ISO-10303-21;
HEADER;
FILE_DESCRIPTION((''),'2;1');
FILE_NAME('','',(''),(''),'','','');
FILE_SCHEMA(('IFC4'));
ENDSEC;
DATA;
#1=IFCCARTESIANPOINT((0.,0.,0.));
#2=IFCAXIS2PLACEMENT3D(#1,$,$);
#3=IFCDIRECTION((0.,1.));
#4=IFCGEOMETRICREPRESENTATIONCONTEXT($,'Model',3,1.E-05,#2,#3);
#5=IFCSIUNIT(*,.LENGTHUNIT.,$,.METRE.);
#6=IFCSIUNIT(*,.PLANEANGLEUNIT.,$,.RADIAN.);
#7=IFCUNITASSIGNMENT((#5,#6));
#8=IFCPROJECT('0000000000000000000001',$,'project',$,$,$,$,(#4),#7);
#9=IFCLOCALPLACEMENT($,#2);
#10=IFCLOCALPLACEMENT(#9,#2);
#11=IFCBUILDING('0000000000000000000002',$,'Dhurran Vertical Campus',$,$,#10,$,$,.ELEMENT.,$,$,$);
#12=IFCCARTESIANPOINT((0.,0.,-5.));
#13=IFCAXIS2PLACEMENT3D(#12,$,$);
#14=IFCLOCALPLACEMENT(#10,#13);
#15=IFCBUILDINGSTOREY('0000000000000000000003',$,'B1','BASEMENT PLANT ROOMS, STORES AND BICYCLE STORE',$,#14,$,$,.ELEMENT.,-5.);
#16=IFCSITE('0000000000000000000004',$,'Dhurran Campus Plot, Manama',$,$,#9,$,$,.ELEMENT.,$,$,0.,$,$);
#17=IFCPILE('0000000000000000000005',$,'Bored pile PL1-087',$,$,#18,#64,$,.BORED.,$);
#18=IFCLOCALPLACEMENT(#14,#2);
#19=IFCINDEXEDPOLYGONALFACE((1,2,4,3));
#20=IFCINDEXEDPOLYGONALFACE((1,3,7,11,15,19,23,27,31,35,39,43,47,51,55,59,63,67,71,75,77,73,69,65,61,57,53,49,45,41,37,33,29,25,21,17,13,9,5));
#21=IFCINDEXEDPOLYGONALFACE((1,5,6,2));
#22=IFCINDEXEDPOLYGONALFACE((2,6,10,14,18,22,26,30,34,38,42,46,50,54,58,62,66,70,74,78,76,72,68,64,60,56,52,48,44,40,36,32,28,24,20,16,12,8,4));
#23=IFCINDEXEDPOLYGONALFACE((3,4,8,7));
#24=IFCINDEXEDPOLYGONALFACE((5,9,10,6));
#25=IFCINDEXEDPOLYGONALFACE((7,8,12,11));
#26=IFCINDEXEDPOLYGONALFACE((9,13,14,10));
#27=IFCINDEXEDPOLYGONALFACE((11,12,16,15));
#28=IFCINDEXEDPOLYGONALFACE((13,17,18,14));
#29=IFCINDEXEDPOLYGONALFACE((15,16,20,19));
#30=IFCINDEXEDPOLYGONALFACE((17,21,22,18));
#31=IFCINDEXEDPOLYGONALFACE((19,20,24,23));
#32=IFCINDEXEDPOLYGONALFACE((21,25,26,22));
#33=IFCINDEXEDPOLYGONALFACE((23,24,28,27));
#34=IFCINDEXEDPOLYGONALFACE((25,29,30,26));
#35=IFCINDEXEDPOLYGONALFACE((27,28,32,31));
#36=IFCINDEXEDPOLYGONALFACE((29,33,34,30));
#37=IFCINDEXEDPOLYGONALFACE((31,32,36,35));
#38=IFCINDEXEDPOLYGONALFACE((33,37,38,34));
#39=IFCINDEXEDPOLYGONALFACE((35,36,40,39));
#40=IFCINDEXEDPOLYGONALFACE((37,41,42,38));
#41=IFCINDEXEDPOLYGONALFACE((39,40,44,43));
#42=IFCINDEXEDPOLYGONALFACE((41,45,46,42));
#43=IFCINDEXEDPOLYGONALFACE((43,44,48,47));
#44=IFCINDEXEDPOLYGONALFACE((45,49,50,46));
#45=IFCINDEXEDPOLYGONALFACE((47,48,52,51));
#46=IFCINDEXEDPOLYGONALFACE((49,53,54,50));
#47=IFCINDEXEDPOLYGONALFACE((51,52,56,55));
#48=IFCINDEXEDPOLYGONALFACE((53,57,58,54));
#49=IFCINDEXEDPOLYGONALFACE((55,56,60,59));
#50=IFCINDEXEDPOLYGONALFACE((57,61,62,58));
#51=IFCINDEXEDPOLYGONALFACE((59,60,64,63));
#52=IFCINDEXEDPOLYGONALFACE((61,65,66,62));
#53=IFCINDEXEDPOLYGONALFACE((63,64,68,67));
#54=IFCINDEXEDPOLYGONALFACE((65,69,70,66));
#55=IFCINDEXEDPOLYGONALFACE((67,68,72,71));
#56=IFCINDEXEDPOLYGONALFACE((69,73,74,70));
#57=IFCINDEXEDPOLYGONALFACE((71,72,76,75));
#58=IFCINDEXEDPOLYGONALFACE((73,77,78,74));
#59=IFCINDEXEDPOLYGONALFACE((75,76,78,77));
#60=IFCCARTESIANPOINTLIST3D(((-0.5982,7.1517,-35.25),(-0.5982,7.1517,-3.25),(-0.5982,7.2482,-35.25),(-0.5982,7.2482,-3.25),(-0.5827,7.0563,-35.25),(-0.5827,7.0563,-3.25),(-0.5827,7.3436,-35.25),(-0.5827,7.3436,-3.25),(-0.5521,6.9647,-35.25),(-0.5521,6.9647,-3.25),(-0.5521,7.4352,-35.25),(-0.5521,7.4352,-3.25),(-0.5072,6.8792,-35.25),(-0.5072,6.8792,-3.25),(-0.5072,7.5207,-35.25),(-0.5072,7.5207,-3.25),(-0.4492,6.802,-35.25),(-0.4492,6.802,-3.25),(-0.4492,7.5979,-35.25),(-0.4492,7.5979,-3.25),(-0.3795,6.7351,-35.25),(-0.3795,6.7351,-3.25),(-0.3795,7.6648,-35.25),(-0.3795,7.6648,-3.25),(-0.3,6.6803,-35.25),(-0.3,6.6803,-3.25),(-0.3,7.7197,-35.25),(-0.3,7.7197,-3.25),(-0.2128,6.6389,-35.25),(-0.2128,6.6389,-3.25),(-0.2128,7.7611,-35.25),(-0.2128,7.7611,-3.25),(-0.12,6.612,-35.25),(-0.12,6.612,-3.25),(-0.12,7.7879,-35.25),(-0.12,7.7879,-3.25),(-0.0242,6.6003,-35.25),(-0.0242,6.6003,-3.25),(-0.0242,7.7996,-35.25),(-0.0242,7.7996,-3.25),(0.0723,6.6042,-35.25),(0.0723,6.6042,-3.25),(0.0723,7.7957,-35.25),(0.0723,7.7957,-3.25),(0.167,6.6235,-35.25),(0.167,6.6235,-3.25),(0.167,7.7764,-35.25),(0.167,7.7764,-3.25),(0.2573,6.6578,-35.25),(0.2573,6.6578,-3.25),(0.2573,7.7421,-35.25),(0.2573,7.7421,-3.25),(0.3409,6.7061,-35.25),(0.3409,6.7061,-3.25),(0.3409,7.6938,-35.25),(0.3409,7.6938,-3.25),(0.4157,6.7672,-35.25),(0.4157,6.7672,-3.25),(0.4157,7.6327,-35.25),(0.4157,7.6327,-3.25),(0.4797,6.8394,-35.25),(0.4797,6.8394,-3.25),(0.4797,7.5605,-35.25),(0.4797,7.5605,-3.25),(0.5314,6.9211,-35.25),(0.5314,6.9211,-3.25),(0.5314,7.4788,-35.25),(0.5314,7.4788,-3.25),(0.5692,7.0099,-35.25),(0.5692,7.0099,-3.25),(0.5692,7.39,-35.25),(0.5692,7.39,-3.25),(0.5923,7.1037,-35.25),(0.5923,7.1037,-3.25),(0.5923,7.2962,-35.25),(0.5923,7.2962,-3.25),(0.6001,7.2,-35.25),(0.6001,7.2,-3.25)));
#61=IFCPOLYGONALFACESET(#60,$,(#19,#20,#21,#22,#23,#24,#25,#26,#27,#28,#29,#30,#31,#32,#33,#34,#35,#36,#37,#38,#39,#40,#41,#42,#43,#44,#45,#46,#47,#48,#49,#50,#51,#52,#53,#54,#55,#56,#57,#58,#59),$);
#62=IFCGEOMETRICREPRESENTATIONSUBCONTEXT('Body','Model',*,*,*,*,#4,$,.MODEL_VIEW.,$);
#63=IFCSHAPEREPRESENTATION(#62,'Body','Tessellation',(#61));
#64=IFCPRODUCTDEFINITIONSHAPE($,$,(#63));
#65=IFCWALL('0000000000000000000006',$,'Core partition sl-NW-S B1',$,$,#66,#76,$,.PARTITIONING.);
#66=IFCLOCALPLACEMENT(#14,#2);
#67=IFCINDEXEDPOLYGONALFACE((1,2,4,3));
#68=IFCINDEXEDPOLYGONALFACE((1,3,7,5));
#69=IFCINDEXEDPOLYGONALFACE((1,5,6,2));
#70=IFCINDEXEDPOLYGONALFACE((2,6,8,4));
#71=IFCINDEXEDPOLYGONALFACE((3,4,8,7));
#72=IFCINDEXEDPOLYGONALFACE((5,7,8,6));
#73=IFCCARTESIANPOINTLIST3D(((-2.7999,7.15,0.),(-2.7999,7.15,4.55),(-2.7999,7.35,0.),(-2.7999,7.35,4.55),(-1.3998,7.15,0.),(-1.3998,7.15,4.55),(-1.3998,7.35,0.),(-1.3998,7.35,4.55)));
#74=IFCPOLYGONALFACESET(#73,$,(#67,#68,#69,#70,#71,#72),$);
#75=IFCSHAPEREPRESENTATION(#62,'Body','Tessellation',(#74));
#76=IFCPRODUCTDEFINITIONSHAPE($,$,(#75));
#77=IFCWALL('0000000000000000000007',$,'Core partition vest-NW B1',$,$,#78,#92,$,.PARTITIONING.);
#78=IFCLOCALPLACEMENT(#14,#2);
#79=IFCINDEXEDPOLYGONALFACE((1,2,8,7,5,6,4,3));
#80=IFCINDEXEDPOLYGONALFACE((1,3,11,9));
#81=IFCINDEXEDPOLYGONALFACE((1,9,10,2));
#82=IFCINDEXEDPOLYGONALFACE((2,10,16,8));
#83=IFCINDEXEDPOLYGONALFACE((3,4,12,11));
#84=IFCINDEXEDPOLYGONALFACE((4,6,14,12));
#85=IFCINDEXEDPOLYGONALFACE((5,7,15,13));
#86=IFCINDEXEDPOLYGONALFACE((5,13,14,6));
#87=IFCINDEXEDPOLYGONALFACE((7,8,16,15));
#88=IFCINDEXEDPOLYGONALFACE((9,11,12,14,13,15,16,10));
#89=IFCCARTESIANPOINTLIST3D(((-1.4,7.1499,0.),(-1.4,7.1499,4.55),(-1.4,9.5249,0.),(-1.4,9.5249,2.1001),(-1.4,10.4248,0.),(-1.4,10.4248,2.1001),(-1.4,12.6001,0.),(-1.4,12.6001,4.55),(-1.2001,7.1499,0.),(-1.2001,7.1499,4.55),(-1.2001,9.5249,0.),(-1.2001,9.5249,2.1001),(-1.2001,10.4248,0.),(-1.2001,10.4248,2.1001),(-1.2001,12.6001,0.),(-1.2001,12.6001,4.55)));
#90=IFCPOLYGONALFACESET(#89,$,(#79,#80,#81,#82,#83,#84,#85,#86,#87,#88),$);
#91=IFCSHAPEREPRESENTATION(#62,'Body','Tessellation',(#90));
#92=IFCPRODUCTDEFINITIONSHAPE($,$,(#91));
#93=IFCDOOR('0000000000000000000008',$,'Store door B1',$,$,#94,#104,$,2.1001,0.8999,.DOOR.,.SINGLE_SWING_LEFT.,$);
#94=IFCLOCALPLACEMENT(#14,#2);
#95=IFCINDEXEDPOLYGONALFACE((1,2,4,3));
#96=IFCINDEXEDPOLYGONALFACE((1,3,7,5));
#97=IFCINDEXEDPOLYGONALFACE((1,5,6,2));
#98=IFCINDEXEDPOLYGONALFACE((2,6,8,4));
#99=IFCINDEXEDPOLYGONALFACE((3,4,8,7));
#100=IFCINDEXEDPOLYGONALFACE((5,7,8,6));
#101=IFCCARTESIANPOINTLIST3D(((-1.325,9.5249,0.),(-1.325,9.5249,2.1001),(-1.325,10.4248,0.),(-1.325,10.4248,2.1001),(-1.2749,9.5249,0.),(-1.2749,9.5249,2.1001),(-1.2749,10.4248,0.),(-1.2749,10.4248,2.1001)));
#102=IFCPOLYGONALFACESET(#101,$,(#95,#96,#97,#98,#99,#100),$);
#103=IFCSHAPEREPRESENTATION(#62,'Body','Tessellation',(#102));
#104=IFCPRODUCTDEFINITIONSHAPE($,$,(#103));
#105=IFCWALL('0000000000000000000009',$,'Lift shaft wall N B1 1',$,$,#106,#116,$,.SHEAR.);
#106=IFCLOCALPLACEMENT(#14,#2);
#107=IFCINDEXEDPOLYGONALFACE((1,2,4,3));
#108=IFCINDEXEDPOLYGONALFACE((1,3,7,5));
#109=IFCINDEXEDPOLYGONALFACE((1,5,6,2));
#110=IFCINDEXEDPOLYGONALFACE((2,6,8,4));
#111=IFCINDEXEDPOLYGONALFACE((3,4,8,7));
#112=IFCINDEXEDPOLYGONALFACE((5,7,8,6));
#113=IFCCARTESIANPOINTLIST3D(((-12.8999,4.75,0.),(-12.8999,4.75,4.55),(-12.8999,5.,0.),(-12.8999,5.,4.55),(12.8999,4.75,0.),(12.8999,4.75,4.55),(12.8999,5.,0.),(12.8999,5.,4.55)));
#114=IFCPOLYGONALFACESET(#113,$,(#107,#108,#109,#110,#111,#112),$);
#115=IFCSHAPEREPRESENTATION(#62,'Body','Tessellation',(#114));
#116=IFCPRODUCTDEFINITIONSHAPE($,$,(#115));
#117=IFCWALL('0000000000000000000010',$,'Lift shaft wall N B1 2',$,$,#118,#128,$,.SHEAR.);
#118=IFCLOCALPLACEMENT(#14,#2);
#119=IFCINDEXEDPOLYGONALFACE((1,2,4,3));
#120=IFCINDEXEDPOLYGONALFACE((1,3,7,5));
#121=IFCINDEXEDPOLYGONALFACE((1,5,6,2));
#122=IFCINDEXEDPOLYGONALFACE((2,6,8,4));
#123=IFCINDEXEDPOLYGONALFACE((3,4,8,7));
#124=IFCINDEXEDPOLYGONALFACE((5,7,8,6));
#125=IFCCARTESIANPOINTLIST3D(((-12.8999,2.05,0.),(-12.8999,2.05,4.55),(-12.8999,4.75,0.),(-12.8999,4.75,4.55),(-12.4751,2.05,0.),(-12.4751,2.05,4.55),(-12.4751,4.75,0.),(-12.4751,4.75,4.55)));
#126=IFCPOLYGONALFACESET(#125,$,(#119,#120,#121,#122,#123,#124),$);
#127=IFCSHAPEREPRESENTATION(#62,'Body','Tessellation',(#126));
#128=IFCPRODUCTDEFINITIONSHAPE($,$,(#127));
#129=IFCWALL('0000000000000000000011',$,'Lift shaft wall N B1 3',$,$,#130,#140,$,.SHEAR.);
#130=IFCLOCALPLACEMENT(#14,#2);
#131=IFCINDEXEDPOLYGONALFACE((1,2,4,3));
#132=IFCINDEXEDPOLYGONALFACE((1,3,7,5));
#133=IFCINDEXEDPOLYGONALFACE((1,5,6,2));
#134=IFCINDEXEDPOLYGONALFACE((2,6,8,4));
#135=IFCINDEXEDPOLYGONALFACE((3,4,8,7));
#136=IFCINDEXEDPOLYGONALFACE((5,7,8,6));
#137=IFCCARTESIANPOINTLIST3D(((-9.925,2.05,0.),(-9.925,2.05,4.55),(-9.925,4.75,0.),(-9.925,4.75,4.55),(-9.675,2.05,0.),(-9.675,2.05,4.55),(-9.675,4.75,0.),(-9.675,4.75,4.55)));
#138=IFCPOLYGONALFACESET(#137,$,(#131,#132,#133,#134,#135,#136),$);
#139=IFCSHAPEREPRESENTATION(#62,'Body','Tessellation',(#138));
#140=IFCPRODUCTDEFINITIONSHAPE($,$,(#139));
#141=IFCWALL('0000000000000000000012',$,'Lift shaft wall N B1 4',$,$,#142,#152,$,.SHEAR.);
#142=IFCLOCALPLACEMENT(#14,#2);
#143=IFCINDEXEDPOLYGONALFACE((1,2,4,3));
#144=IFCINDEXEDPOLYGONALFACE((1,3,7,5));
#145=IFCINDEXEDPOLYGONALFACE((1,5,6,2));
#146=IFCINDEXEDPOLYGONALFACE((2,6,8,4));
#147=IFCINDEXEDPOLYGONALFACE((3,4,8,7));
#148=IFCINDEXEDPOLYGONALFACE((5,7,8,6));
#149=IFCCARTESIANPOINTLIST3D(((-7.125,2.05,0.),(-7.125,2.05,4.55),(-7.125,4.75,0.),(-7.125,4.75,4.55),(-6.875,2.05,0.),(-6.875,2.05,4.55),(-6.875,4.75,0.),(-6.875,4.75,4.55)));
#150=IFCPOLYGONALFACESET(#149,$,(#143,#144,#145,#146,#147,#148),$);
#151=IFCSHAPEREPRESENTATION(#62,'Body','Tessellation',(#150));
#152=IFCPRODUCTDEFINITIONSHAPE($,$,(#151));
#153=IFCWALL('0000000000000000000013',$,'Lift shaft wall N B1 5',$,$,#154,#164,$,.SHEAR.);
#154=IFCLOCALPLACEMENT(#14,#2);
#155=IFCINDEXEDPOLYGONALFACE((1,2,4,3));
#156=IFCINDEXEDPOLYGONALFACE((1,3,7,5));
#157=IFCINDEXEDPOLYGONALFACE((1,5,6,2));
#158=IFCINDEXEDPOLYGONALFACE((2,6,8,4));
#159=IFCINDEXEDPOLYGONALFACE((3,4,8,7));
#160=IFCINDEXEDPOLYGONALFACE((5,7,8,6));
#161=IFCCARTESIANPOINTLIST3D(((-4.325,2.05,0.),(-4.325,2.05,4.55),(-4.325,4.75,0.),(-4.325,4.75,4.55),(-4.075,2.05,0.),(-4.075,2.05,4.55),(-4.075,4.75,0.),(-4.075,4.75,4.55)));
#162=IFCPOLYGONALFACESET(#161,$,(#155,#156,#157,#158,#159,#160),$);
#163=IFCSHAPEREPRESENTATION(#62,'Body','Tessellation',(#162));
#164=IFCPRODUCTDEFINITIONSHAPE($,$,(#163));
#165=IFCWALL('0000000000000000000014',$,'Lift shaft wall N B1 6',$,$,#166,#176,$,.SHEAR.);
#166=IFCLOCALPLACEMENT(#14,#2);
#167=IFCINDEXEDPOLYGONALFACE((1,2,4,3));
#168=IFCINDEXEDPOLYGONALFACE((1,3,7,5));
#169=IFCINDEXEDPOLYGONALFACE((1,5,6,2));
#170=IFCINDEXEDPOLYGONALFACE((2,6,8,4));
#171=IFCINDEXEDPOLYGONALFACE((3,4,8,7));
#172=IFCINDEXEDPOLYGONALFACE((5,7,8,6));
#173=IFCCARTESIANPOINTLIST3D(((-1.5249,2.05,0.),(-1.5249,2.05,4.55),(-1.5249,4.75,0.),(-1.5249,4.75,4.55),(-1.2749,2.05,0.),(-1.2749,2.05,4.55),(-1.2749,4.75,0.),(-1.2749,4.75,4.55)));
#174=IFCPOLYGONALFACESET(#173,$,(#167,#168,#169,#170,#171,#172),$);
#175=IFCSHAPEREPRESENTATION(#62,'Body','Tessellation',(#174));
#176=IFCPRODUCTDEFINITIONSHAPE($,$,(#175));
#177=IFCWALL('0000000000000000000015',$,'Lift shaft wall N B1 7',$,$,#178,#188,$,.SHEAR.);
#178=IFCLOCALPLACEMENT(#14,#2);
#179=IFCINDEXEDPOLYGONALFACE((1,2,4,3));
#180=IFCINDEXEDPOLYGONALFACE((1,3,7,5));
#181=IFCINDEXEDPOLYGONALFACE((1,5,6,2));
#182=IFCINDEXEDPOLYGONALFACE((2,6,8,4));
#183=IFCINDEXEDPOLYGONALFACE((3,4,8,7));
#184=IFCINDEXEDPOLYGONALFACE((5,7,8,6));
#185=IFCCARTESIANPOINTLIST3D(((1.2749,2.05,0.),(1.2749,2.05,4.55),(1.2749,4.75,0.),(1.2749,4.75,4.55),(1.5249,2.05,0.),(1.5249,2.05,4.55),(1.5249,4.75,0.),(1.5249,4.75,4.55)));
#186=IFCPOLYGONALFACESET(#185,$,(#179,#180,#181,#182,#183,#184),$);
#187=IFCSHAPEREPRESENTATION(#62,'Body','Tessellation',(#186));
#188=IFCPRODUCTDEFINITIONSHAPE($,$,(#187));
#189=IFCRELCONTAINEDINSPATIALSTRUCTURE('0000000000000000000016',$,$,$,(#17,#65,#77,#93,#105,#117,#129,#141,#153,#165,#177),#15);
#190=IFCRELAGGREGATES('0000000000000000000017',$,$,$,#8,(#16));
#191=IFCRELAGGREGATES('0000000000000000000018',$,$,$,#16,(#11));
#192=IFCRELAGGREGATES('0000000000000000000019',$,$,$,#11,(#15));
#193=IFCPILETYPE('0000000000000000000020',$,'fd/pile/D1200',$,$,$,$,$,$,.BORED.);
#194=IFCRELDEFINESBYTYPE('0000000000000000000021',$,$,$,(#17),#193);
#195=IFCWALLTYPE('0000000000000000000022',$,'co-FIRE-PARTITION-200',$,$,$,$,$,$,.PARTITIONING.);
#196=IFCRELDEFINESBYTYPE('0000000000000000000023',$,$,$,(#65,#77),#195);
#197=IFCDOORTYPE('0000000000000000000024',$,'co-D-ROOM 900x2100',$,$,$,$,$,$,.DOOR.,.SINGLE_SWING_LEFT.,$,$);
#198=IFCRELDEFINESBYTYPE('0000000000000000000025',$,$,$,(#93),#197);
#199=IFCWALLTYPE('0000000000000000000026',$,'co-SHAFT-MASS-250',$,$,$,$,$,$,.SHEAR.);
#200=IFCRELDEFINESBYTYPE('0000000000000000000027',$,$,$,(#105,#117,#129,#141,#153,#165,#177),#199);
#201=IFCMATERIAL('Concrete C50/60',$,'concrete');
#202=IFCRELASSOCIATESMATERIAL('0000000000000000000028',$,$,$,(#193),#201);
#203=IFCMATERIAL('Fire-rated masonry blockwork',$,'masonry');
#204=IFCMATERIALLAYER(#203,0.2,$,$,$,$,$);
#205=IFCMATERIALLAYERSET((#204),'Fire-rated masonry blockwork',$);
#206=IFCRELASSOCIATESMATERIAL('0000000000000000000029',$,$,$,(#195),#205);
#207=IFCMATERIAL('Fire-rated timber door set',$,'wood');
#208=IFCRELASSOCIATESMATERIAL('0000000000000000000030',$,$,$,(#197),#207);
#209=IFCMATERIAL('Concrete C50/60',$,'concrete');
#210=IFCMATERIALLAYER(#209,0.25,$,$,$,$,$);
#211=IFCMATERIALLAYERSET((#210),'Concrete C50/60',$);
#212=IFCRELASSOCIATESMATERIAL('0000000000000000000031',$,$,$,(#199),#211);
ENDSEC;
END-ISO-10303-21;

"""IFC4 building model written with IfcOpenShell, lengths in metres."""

from ifc_helpers import new_model, si_unit, direction, frame, frame_2d, origin, origin_2d, place, context, subcontext, project, spatial, polyline, rectangle, circle, outline, extrude, material, layer, layer_set, material_profile, profile_set, type_object, element, fill, save


model = new_model("IFC4")

# Units and contexts
model_context = context("Model", 3, precision=1e-05, world=origin(), true_north=direction((0.0, 1.0)))
body_context = subcontext(model_context, "Body", "Model", "MODEL_VIEW")
ifc_project = project(units=[si_unit("LENGTHUNIT", "METRE"), si_unit("PLANEANGLEUNIT", "RADIAN")], contexts=[model_context])

# Site, building, storey
site_placement = place(None, origin())
site = spatial("IfcSite", under=ifc_project, at=site_placement, Name="Dhurran Campus Plot, Manama", CompositionType="ELEMENT", RefElevation=0.0)
building_placement = place(site_placement, origin())
building = spatial("IfcBuilding", under=site, at=building_placement, Name="Dhurran Vertical Campus", CompositionType="ELEMENT")
storey_placement = place(building_placement, frame((0.0, 0.0, -5.0)))
storey = spatial("IfcBuildingStorey", under=building, at=storey_placement, Name="B1", Description="BASEMENT PLANT ROOMS, STORES AND BICYCLE STORE", CompositionType="ELEMENT", Elevation=-5.0)

# Pile
ifc_material_1 = material(Name="Concrete C50/60", Category="concrete")
ifc_material_profile = material_profile(ifc_material_1, circle(Radius=0.6001, at=origin_2d()), Name="fd/pile/D1200")
ifc_profile_set = profile_set([ifc_material_profile], Name="Concrete C50/60")
pile_type = type_object("IfcPileType", Name="fd/pile/D1200", PredefinedType="BORED", material=ifc_profile_set)
for number, where, z_axis, x_axis, name in (
    (1, (0.0, 7.2, -3.25), (0.0, 0.0, -1.0), (1.0, 0.0, 0.0), "Bored pile PL1-087"),
):
    element("IfcPile", number, at=place(storey_placement, frame(where, z_axis=z_axis, x_axis=x_axis)), inside=storey, type_object=pile_type, Name=name, PredefinedType="BORED", context=body_context, shape_type="SweptSolid", body=[
        extrude(circle(Radius=0.6001, at=origin_2d()), origin(), (0.0, 0.0, 1.0), 32.0),
    ])

# Wall
ifc_material_2 = material(Name="Fire-rated masonry blockwork", Category="masonry")
ifc_layer_1 = layer(ifc_material_2, 0.2)
ifc_layer_set_1 = layer_set([ifc_layer_1], Name="Fire-rated masonry blockwork")
wall_type_1 = type_object("IfcWallType", Name="co-FIRE-PARTITION-200", PredefinedType="PARTITIONING", material=ifc_layer_set_1)
wall_1_placement = place(storey_placement, frame((-2.8, 7.25, 0.0), z_axis=(0.0, 0.0, 1.0), x_axis=(1.0, 0.0, 0.0)))
element("IfcWall", 2, at=wall_1_placement, inside=storey, type_object=wall_type_1, Name="Core partition sl-NW-S B1", PredefinedType="PARTITIONING", context=body_context, shape_type="SweptSolid", body=[
    extrude(rectangle(XDim=1.4001, YDim=0.2, at=frame_2d((0.7002, 0.0))), origin(), (0.0, 0.0, 1.0), 4.55),
])

# Wall, opening, door
wall_2_placement = place(storey_placement, frame((-1.3, 7.1499, 0.0), z_axis=(0.0, 0.0, 1.0), x_axis=(0.0, 1.0, 0.0)))
wall_2 = element("IfcWall", 3, at=wall_2_placement, inside=storey, type_object=wall_type_1, Name="Core partition vest-NW B1", PredefinedType="PARTITIONING", context=body_context, shape_type="SweptSolid", body=[
    extrude(rectangle(XDim=5.4502, YDim=0.2, at=frame_2d((2.7251, 0.0))), origin(), (0.0, 0.0, 1.0), 4.55),
])
opening_placement = place(wall_2_placement, frame((2.375, 0.0, 0.0)))
opening = element("IfcOpeningElement", 4, at=opening_placement, cuts=wall_2, PredefinedType="OPENING", context=body_context, shape_type="SweptSolid", body=[
    extrude(rectangle(XDim=0.8999, YDim=2.1001, at=frame_2d((0.45, 1.05))), frame((0.0, 0.1099, 0.0), z_axis=(0.0, -1.0, 0.0), x_axis=(1.0, 0.0, 0.0)), (0.0, 0.0, 1.0), 0.22),
])
ifc_material_3 = material(Name="Fire-rated timber door set", Category="wood")
door_type = type_object("IfcDoorType", Name="co-D-ROOM 900x2100", OperationType="SINGLE_SWING_LEFT", PredefinedType="DOOR", material=ifc_material_3)
door_placement = place(opening_placement, origin())
door = element("IfcDoor", 5, at=door_placement, inside=storey, type_object=door_type, Name="Store door B1", OperationType="SINGLE_SWING_LEFT", OverallHeight=2.1001, OverallWidth=0.8999, PredefinedType="DOOR", context=body_context, shape_type="SweptSolid", body=[
    extrude(rectangle(XDim=0.8999, YDim=2.1001, at=frame_2d((0.45, 1.05))), frame((0.0, 0.0249, 0.0), z_axis=(0.0, -1.0, 0.0), x_axis=(1.0, 0.0, 0.0)), (0.0, 0.0, 1.0), 0.05),
])
fill(opening, door)

# Walls
ifc_material_4 = material(Name="Concrete C50/60", Category="concrete")
ifc_layer_2 = layer(ifc_material_4, 0.25)
ifc_layer_set_2 = layer_set([ifc_layer_2], Name="Concrete C50/60")
wall_type_2 = type_object("IfcWallType", Name="co-SHAFT-MASS-250", PredefinedType="SHEAR", material=ifc_layer_set_2)
wall_3_placement = place(storey_placement, origin())
element("IfcWall", 6, at=wall_3_placement, inside=storey, type_object=wall_type_2, Name="Lift shaft wall N B1 1", PredefinedType="SHEAR", context=body_context, shape_type="SweptSolid", body=[
    extrude(outline(polyline([(-12.8999, 4.75), (12.8999, 4.75), (12.8999, 5.0), (-12.8999, 5.0), (-12.8999, 4.75)])), origin(), (0.0, 0.0, 1.0), 4.55),
])
wall_4_placement = place(storey_placement, origin())
element("IfcWall", 7, at=wall_4_placement, inside=storey, type_object=wall_type_2, Name="Lift shaft wall N B1 2", PredefinedType="SHEAR", context=body_context, shape_type="SweptSolid", body=[
    extrude(outline(polyline([(-12.8999, 2.05), (-12.4751, 2.05), (-12.4751, 4.75), (-12.8999, 4.75), (-12.8999, 2.05)])), origin(), (0.0, 0.0, 1.0), 4.55),
])
wall_5_placement = place(storey_placement, origin())
element("IfcWall", 8, at=wall_5_placement, inside=storey, type_object=wall_type_2, Name="Lift shaft wall N B1 3", PredefinedType="SHEAR", context=body_context, shape_type="SweptSolid", body=[
    extrude(outline(polyline([(-9.925, 2.05), (-9.675, 2.05), (-9.675, 4.75), (-9.925, 4.75), (-9.925, 2.05)])), origin(), (0.0, 0.0, 1.0), 4.55),
])
wall_6_placement = place(storey_placement, origin())
element("IfcWall", 9, at=wall_6_placement, inside=storey, type_object=wall_type_2, Name="Lift shaft wall N B1 4", PredefinedType="SHEAR", context=body_context, shape_type="SweptSolid", body=[
    extrude(outline(polyline([(-7.125, 2.05), (-6.875, 2.05), (-6.875, 4.75), (-7.125, 4.75), (-7.125, 2.05)])), origin(), (0.0, 0.0, 1.0), 4.55),
])
wall_7_placement = place(storey_placement, origin())
element("IfcWall", 10, at=wall_7_placement, inside=storey, type_object=wall_type_2, Name="Lift shaft wall N B1 5", PredefinedType="SHEAR", context=body_context, shape_type="SweptSolid", body=[
    extrude(outline(polyline([(-4.325, 2.05), (-4.075, 2.05), (-4.075, 4.75), (-4.325, 4.75), (-4.325, 2.05)])), origin(), (0.0, 0.0, 1.0), 4.55),
])
wall_8_placement = place(storey_placement, origin())
element("IfcWall", 11, at=wall_8_placement, inside=storey, type_object=wall_type_2, Name="Lift shaft wall N B1 6", PredefinedType="SHEAR", context=body_context, shape_type="SweptSolid", body=[
    extrude(outline(polyline([(-1.5249, 2.05), (-1.2749, 2.05), (-1.2749, 4.75), (-1.5249, 4.75), (-1.5249, 2.05)])), origin(), (0.0, 0.0, 1.0), 4.55),
])
wall_9_placement = place(storey_placement, origin())
element("IfcWall", 12, at=wall_9_placement, inside=storey, type_object=wall_type_2, Name="Lift shaft wall N B1 7", PredefinedType="SHEAR", context=body_context, shape_type="SweptSolid", body=[
    extrude(outline(polyline([(1.2749, 2.05), (1.5249, 2.05), (1.5249, 4.75), (1.2749, 4.75), (1.2749, 2.05)])), origin(), (0.0, 0.0, 1.0), 4.55),
])

save(model, "model.ifc")
